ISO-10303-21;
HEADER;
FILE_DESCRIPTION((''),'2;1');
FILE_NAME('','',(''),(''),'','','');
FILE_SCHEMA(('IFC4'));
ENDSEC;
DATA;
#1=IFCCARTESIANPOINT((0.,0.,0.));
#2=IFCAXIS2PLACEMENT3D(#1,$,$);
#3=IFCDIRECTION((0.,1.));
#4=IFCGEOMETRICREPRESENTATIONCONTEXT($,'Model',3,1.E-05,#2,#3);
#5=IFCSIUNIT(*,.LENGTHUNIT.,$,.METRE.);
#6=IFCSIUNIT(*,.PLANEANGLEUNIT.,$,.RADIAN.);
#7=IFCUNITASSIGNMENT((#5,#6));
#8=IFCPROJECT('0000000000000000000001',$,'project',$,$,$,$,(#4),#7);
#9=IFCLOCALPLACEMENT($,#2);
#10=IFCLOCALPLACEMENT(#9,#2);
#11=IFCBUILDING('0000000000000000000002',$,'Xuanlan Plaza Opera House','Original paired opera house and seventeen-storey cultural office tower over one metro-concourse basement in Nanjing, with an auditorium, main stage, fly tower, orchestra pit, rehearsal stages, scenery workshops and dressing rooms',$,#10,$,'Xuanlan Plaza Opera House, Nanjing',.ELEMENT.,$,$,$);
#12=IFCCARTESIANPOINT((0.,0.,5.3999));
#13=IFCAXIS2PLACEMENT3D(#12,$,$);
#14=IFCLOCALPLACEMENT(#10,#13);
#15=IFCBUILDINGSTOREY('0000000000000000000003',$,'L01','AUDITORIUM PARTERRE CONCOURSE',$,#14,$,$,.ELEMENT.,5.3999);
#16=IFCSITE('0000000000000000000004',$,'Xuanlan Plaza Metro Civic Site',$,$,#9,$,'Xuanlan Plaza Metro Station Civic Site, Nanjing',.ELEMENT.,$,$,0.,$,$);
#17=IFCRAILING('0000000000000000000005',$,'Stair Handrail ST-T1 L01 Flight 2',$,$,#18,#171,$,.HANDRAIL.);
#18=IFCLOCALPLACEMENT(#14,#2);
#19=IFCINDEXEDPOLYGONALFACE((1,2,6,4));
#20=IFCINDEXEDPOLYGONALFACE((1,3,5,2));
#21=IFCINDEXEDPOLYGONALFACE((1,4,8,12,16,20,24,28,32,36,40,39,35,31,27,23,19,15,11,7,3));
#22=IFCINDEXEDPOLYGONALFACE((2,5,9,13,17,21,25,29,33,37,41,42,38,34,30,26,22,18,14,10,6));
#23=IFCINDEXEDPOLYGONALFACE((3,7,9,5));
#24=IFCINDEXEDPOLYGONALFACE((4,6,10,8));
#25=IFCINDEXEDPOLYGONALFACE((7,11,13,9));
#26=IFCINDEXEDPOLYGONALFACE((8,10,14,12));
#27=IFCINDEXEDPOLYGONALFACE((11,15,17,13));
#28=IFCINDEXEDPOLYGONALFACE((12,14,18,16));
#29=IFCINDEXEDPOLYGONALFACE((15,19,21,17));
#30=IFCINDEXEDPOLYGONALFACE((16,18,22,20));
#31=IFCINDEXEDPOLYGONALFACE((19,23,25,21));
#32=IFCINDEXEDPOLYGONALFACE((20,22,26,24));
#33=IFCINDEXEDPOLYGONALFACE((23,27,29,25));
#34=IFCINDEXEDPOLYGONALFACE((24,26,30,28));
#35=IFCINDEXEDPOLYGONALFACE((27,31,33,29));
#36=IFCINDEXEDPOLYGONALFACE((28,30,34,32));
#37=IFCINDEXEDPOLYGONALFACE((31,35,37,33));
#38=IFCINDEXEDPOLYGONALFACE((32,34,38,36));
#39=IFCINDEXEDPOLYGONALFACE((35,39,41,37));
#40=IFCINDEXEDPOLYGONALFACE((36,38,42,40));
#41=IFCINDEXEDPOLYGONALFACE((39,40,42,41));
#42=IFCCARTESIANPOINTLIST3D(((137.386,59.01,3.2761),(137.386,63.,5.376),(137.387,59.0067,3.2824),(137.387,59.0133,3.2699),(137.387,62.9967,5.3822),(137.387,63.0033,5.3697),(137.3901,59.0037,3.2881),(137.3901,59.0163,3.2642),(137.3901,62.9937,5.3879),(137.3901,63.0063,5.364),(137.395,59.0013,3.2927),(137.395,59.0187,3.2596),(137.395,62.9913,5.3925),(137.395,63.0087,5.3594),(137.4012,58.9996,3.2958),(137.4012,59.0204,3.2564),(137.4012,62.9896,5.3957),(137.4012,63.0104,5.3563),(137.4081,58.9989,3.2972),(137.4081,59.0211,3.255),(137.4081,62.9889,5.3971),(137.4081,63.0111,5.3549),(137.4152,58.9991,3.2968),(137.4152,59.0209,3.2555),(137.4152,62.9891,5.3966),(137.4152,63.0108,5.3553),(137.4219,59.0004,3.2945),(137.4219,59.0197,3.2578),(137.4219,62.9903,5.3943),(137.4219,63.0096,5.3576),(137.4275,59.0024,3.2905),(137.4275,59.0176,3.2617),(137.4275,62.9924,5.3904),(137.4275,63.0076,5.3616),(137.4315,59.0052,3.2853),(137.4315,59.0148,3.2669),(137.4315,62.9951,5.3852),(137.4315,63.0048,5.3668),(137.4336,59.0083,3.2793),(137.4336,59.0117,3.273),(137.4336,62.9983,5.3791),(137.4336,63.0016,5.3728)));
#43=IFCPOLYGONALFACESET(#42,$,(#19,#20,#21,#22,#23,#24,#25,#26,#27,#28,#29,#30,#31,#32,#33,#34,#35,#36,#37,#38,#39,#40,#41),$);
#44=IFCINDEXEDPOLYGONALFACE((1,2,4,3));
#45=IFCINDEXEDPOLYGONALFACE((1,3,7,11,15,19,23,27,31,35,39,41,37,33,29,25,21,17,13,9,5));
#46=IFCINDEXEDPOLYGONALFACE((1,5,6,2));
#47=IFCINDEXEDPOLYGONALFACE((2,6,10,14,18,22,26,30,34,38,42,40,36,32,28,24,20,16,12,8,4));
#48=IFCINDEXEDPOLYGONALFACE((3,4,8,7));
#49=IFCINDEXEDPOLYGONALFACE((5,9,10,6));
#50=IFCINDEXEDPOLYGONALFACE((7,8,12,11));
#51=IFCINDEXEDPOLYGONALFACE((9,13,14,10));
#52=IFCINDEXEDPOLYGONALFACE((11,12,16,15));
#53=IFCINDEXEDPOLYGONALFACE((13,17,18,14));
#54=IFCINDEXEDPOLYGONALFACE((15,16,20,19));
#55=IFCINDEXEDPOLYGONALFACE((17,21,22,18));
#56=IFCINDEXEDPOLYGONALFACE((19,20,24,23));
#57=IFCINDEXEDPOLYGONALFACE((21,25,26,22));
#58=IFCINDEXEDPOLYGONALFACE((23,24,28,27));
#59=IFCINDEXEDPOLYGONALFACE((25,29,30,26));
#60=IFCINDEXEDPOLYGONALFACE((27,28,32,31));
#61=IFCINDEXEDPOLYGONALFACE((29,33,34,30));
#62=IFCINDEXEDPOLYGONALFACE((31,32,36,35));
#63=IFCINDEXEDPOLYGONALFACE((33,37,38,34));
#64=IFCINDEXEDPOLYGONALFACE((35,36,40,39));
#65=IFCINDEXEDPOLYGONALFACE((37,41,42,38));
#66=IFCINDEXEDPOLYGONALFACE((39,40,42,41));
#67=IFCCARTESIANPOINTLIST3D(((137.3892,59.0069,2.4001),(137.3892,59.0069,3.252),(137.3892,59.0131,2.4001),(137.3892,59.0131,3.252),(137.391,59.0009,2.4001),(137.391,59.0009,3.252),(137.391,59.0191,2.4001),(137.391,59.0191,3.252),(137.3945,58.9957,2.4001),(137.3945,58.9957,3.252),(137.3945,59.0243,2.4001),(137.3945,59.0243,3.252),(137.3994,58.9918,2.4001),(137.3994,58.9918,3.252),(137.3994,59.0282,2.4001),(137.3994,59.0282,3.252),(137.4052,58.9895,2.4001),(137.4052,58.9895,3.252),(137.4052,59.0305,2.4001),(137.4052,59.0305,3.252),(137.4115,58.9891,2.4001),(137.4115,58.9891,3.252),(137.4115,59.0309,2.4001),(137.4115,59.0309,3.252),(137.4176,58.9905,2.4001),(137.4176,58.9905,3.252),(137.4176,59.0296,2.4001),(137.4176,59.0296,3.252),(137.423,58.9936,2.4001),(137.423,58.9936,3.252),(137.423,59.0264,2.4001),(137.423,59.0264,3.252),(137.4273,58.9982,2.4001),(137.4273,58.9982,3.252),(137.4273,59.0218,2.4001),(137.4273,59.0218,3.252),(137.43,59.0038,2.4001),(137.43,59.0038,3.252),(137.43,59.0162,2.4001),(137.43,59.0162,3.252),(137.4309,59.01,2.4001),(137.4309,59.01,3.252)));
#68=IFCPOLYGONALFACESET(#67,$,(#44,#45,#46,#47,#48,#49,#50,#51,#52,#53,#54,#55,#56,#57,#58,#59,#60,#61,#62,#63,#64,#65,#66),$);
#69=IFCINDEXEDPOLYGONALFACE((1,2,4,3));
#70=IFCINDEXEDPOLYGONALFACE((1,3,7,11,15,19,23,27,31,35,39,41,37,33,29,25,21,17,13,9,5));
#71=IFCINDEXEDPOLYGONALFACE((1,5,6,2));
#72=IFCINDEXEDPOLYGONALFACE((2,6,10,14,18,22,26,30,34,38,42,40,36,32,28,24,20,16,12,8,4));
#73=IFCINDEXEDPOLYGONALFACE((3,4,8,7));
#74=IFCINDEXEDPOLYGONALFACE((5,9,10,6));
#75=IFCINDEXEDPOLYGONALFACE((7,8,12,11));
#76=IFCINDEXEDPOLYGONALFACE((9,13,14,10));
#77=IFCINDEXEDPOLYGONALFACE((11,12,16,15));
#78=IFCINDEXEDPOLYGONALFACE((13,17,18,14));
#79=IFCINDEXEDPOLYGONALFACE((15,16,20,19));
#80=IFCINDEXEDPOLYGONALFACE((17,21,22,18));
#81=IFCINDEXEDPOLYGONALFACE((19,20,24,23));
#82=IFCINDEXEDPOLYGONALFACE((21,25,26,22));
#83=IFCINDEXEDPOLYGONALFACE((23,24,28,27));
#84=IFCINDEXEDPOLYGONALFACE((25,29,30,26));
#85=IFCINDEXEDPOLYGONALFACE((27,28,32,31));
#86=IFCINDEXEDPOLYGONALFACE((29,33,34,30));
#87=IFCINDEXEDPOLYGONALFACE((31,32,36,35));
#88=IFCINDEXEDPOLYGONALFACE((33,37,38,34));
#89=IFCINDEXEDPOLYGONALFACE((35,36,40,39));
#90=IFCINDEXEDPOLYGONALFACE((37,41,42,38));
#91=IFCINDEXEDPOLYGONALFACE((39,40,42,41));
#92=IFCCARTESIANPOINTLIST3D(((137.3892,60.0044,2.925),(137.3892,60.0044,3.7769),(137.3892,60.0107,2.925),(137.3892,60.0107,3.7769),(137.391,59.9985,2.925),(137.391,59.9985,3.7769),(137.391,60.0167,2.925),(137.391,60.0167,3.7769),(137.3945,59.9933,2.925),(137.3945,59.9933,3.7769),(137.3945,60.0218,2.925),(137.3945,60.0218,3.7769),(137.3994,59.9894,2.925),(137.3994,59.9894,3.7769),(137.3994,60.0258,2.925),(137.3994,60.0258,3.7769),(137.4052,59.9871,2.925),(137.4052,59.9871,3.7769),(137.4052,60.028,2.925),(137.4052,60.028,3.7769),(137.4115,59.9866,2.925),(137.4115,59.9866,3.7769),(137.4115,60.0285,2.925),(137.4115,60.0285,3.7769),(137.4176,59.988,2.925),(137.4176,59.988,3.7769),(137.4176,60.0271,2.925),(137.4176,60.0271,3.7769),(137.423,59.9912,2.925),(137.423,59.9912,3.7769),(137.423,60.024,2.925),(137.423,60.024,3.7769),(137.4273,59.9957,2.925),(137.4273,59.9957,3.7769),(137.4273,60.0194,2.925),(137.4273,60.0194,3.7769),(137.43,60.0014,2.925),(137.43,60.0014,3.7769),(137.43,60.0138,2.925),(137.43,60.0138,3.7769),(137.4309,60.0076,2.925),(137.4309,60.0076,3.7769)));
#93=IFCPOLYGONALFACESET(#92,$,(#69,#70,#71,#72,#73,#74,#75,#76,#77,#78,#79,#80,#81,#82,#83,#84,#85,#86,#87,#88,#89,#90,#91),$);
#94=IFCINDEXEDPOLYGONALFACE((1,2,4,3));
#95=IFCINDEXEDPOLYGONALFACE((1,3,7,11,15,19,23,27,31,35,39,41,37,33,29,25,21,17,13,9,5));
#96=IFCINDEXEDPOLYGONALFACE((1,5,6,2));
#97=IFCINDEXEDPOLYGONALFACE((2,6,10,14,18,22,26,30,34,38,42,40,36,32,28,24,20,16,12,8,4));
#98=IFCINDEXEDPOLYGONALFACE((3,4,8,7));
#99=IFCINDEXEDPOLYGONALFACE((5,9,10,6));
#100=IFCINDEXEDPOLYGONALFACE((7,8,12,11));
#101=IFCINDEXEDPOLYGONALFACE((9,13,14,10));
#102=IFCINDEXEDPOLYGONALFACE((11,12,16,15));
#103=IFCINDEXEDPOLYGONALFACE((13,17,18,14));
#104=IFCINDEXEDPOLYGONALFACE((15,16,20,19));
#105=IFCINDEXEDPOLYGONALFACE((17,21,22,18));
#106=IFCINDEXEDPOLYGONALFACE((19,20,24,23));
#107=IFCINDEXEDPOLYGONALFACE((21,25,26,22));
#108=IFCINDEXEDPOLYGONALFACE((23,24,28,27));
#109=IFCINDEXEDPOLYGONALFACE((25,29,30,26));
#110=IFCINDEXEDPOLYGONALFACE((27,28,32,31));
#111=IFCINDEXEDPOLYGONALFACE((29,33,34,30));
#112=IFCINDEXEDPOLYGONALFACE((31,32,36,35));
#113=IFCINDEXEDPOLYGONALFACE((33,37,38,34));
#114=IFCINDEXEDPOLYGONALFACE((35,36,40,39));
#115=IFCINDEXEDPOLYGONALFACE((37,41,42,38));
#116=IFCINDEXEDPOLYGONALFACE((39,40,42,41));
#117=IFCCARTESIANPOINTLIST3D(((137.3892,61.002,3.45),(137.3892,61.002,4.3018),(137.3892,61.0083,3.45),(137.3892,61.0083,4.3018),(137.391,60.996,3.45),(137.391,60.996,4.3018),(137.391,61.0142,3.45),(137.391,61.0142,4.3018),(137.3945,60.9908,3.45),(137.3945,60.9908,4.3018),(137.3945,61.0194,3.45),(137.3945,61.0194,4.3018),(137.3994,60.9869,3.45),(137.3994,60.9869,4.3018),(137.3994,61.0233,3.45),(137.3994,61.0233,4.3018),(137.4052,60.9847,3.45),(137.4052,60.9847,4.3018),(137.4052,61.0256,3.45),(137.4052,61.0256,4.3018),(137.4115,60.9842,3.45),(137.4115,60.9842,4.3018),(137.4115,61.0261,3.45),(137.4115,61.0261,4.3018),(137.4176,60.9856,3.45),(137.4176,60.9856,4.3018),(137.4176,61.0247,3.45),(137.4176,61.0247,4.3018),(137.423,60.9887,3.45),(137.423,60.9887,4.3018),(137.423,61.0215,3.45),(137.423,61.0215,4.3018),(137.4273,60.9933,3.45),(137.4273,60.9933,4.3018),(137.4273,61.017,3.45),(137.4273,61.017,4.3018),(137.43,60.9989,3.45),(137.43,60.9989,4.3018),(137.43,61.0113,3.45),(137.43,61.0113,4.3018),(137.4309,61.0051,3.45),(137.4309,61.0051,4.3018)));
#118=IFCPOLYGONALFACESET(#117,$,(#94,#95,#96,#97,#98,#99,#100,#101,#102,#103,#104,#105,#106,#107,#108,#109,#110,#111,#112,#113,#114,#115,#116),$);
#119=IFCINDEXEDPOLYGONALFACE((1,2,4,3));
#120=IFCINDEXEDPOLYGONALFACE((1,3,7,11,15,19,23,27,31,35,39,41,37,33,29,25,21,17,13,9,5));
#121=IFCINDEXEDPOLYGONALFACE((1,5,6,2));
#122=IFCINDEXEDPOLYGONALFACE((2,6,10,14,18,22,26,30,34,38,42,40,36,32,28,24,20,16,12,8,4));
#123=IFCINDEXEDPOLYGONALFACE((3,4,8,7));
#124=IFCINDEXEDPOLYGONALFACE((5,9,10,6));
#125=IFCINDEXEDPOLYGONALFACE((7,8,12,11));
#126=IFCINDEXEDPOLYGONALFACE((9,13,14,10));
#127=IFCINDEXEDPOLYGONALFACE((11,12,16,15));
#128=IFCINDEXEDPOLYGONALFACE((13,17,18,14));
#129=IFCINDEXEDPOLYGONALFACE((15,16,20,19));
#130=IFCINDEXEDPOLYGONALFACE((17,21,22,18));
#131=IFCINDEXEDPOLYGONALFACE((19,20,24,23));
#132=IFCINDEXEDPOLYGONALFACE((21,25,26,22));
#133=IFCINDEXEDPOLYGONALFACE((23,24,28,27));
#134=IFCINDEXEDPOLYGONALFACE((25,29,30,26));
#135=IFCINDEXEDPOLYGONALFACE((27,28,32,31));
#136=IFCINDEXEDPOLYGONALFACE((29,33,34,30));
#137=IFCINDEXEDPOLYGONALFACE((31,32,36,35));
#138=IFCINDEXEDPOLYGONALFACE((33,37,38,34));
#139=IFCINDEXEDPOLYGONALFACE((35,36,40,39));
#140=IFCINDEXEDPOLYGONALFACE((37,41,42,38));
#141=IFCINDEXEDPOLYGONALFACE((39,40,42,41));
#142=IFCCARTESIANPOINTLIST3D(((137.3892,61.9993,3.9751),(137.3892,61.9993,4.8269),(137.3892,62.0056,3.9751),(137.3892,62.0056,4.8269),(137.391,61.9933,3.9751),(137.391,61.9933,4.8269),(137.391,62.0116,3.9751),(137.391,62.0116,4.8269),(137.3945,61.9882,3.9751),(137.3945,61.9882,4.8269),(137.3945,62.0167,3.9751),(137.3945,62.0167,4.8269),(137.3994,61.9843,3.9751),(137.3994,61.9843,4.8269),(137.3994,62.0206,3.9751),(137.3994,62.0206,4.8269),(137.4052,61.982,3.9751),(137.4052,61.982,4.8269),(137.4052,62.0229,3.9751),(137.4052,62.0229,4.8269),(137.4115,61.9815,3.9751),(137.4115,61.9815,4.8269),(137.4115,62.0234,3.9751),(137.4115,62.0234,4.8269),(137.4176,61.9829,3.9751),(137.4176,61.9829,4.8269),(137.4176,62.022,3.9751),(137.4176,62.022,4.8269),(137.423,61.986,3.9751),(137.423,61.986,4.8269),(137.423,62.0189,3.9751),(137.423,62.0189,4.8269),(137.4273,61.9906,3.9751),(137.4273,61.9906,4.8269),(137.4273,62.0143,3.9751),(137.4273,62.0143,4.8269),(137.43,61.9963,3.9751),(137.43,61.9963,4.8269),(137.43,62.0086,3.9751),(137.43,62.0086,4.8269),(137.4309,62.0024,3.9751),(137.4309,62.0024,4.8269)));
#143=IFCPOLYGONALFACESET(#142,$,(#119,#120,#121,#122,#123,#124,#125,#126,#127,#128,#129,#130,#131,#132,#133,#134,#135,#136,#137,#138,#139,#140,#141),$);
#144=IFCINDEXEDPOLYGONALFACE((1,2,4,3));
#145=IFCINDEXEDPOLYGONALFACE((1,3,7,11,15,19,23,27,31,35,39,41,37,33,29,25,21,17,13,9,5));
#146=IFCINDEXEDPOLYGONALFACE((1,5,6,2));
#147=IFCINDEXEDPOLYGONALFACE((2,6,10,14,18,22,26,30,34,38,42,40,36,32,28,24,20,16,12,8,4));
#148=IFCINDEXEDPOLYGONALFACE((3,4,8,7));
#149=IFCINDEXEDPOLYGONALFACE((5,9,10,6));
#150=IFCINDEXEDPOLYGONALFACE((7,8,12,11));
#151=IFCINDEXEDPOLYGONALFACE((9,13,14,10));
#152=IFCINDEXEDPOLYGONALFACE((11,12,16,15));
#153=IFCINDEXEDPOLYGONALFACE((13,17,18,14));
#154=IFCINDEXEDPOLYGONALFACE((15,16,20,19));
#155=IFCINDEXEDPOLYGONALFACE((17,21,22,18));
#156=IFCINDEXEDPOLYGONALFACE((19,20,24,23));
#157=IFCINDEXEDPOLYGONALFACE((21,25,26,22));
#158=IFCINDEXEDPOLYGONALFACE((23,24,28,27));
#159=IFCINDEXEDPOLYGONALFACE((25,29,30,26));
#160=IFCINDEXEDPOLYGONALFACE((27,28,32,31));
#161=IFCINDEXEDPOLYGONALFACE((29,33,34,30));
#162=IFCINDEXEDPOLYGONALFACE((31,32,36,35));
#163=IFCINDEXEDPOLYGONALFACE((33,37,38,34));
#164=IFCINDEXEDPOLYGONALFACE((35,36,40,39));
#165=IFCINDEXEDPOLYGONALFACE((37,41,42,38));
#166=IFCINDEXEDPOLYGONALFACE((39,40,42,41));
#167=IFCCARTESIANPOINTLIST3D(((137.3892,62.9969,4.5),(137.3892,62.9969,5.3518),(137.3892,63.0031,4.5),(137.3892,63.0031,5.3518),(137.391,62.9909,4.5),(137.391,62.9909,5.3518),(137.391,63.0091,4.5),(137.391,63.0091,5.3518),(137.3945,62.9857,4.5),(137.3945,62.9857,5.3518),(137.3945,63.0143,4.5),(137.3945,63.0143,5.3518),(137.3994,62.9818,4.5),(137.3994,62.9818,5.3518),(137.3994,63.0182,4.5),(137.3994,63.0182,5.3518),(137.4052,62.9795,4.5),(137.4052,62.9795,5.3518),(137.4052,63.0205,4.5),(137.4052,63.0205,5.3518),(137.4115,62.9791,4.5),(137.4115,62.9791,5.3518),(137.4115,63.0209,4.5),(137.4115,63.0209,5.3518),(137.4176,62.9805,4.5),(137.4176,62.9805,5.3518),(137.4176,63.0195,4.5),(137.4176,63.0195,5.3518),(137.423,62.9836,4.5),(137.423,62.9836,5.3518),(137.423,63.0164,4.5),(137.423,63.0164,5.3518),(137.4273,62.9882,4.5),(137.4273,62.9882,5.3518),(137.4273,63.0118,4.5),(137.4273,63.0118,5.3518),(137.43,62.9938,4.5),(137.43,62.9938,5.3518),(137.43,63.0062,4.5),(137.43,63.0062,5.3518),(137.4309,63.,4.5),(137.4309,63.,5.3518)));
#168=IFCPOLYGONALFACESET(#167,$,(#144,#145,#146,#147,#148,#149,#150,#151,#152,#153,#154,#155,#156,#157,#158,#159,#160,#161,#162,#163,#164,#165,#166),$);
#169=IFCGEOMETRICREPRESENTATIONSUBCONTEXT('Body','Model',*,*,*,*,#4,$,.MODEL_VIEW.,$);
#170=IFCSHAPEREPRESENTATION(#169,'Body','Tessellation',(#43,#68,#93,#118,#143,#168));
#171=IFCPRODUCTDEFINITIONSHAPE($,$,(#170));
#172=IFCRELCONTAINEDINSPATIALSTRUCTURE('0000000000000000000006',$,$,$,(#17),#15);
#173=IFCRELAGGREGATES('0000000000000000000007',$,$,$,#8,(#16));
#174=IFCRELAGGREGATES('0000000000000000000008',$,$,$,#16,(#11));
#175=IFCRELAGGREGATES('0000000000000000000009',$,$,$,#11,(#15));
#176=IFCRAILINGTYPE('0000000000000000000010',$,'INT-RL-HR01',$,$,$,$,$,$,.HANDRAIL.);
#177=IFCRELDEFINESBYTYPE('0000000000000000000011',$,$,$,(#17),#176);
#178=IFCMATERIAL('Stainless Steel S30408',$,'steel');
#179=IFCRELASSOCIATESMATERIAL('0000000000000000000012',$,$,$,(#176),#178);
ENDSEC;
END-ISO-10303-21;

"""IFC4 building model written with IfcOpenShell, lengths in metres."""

from ifc_helpers import new_model, si_unit, direction, frame, origin, origin_2d, place, context, subcontext, project, spatial, circle, extrude, material, type_object, element, save


model = new_model("IFC4")

# Units and contexts
model_context = context("Model", 3, precision=1e-05, world=origin(), true_north=direction((0.0, 1.0)))
body_context = subcontext(model_context, "Body", "Model", "MODEL_VIEW")
ifc_project = project(units=[si_unit("LENGTHUNIT", "METRE"), si_unit("PLANEANGLEUNIT", "RADIAN")], contexts=[model_context])

# Site, building, storey
site_placement = place(None, origin())
site = spatial("IfcSite", under=ifc_project, at=site_placement, Name="Xuanlan Plaza Metro Civic Site", LongName="Xuanlan Plaza Metro Station Civic Site, Nanjing", CompositionType="ELEMENT", RefElevation=0.0)
building_placement = place(site_placement, origin())
building = spatial("IfcBuilding", under=site, at=building_placement, Name="Xuanlan Plaza Opera House", Description="Original paired opera house and seventeen-storey cultural office tower over one metro-concourse basement in Nanjing, with an auditorium, main stage, fly tower, orchestra pit, rehearsal stages, scenery workshops and dressing rooms", LongName="Xuanlan Plaza Opera House, Nanjing", CompositionType="ELEMENT")
storey_placement = place(building_placement, frame((0.0, 0.0, 5.3999)))
storey = spatial("IfcBuildingStorey", under=building, at=storey_placement, Name="L01", Description="AUDITORIUM PARTERRE CONCOURSE", CompositionType="ELEMENT", Elevation=5.3999)

# Shared definitions
ifc_material_1 = material(Name="Stainless Steel S30408", Category="steel")

# Railing
railing_type = type_object("IfcRailingType", Name="INT-RL-HR01", PredefinedType="HANDRAIL", material=ifc_material_1)
railing_placement = place(storey_placement, frame((137.4099, 59.01, 2.4001)))
element("IfcRailing", 1, at=railing_placement, inside=storey, type_object=railing_type, Name="Stair Handrail ST-T1 L01 Flight 2", PredefinedType="HANDRAIL", context=body_context, shape_type="SweptSolid", body=[
    extrude(circle(Radius=0.0239, at=origin_2d()), frame((0.0, 0.0, 0.876), z_axis=(0.0, 0.884931, 0.465722), x_axis=(-1.0, 0.0, 0.0)), (0.0, 0.0, 1.0), 4.5088),
    extrude(circle(Radius=0.021, at=origin_2d()), origin(), (0.0, 0.0, 1.0), 0.8518),
    extrude(circle(Radius=0.021, at=origin_2d()), frame((0.0, 0.9976, 0.5249)), (0.0, 0.0, 1.0), 0.8518),
    extrude(circle(Radius=0.021, at=origin_2d()), frame((0.0, 1.9951, 1.0498)), (0.0, 0.0, 1.0), 0.8518),
    extrude(circle(Radius=0.021, at=origin_2d()), frame((0.0, 2.9924, 1.575)), (0.0, 0.0, 1.0), 0.8518),
    extrude(circle(Radius=0.021, at=origin_2d()), frame((0.0, 3.99, 2.0999)), (0.0, 0.0, 1.0), 0.8518),
])

save(model, "model.ifc")
